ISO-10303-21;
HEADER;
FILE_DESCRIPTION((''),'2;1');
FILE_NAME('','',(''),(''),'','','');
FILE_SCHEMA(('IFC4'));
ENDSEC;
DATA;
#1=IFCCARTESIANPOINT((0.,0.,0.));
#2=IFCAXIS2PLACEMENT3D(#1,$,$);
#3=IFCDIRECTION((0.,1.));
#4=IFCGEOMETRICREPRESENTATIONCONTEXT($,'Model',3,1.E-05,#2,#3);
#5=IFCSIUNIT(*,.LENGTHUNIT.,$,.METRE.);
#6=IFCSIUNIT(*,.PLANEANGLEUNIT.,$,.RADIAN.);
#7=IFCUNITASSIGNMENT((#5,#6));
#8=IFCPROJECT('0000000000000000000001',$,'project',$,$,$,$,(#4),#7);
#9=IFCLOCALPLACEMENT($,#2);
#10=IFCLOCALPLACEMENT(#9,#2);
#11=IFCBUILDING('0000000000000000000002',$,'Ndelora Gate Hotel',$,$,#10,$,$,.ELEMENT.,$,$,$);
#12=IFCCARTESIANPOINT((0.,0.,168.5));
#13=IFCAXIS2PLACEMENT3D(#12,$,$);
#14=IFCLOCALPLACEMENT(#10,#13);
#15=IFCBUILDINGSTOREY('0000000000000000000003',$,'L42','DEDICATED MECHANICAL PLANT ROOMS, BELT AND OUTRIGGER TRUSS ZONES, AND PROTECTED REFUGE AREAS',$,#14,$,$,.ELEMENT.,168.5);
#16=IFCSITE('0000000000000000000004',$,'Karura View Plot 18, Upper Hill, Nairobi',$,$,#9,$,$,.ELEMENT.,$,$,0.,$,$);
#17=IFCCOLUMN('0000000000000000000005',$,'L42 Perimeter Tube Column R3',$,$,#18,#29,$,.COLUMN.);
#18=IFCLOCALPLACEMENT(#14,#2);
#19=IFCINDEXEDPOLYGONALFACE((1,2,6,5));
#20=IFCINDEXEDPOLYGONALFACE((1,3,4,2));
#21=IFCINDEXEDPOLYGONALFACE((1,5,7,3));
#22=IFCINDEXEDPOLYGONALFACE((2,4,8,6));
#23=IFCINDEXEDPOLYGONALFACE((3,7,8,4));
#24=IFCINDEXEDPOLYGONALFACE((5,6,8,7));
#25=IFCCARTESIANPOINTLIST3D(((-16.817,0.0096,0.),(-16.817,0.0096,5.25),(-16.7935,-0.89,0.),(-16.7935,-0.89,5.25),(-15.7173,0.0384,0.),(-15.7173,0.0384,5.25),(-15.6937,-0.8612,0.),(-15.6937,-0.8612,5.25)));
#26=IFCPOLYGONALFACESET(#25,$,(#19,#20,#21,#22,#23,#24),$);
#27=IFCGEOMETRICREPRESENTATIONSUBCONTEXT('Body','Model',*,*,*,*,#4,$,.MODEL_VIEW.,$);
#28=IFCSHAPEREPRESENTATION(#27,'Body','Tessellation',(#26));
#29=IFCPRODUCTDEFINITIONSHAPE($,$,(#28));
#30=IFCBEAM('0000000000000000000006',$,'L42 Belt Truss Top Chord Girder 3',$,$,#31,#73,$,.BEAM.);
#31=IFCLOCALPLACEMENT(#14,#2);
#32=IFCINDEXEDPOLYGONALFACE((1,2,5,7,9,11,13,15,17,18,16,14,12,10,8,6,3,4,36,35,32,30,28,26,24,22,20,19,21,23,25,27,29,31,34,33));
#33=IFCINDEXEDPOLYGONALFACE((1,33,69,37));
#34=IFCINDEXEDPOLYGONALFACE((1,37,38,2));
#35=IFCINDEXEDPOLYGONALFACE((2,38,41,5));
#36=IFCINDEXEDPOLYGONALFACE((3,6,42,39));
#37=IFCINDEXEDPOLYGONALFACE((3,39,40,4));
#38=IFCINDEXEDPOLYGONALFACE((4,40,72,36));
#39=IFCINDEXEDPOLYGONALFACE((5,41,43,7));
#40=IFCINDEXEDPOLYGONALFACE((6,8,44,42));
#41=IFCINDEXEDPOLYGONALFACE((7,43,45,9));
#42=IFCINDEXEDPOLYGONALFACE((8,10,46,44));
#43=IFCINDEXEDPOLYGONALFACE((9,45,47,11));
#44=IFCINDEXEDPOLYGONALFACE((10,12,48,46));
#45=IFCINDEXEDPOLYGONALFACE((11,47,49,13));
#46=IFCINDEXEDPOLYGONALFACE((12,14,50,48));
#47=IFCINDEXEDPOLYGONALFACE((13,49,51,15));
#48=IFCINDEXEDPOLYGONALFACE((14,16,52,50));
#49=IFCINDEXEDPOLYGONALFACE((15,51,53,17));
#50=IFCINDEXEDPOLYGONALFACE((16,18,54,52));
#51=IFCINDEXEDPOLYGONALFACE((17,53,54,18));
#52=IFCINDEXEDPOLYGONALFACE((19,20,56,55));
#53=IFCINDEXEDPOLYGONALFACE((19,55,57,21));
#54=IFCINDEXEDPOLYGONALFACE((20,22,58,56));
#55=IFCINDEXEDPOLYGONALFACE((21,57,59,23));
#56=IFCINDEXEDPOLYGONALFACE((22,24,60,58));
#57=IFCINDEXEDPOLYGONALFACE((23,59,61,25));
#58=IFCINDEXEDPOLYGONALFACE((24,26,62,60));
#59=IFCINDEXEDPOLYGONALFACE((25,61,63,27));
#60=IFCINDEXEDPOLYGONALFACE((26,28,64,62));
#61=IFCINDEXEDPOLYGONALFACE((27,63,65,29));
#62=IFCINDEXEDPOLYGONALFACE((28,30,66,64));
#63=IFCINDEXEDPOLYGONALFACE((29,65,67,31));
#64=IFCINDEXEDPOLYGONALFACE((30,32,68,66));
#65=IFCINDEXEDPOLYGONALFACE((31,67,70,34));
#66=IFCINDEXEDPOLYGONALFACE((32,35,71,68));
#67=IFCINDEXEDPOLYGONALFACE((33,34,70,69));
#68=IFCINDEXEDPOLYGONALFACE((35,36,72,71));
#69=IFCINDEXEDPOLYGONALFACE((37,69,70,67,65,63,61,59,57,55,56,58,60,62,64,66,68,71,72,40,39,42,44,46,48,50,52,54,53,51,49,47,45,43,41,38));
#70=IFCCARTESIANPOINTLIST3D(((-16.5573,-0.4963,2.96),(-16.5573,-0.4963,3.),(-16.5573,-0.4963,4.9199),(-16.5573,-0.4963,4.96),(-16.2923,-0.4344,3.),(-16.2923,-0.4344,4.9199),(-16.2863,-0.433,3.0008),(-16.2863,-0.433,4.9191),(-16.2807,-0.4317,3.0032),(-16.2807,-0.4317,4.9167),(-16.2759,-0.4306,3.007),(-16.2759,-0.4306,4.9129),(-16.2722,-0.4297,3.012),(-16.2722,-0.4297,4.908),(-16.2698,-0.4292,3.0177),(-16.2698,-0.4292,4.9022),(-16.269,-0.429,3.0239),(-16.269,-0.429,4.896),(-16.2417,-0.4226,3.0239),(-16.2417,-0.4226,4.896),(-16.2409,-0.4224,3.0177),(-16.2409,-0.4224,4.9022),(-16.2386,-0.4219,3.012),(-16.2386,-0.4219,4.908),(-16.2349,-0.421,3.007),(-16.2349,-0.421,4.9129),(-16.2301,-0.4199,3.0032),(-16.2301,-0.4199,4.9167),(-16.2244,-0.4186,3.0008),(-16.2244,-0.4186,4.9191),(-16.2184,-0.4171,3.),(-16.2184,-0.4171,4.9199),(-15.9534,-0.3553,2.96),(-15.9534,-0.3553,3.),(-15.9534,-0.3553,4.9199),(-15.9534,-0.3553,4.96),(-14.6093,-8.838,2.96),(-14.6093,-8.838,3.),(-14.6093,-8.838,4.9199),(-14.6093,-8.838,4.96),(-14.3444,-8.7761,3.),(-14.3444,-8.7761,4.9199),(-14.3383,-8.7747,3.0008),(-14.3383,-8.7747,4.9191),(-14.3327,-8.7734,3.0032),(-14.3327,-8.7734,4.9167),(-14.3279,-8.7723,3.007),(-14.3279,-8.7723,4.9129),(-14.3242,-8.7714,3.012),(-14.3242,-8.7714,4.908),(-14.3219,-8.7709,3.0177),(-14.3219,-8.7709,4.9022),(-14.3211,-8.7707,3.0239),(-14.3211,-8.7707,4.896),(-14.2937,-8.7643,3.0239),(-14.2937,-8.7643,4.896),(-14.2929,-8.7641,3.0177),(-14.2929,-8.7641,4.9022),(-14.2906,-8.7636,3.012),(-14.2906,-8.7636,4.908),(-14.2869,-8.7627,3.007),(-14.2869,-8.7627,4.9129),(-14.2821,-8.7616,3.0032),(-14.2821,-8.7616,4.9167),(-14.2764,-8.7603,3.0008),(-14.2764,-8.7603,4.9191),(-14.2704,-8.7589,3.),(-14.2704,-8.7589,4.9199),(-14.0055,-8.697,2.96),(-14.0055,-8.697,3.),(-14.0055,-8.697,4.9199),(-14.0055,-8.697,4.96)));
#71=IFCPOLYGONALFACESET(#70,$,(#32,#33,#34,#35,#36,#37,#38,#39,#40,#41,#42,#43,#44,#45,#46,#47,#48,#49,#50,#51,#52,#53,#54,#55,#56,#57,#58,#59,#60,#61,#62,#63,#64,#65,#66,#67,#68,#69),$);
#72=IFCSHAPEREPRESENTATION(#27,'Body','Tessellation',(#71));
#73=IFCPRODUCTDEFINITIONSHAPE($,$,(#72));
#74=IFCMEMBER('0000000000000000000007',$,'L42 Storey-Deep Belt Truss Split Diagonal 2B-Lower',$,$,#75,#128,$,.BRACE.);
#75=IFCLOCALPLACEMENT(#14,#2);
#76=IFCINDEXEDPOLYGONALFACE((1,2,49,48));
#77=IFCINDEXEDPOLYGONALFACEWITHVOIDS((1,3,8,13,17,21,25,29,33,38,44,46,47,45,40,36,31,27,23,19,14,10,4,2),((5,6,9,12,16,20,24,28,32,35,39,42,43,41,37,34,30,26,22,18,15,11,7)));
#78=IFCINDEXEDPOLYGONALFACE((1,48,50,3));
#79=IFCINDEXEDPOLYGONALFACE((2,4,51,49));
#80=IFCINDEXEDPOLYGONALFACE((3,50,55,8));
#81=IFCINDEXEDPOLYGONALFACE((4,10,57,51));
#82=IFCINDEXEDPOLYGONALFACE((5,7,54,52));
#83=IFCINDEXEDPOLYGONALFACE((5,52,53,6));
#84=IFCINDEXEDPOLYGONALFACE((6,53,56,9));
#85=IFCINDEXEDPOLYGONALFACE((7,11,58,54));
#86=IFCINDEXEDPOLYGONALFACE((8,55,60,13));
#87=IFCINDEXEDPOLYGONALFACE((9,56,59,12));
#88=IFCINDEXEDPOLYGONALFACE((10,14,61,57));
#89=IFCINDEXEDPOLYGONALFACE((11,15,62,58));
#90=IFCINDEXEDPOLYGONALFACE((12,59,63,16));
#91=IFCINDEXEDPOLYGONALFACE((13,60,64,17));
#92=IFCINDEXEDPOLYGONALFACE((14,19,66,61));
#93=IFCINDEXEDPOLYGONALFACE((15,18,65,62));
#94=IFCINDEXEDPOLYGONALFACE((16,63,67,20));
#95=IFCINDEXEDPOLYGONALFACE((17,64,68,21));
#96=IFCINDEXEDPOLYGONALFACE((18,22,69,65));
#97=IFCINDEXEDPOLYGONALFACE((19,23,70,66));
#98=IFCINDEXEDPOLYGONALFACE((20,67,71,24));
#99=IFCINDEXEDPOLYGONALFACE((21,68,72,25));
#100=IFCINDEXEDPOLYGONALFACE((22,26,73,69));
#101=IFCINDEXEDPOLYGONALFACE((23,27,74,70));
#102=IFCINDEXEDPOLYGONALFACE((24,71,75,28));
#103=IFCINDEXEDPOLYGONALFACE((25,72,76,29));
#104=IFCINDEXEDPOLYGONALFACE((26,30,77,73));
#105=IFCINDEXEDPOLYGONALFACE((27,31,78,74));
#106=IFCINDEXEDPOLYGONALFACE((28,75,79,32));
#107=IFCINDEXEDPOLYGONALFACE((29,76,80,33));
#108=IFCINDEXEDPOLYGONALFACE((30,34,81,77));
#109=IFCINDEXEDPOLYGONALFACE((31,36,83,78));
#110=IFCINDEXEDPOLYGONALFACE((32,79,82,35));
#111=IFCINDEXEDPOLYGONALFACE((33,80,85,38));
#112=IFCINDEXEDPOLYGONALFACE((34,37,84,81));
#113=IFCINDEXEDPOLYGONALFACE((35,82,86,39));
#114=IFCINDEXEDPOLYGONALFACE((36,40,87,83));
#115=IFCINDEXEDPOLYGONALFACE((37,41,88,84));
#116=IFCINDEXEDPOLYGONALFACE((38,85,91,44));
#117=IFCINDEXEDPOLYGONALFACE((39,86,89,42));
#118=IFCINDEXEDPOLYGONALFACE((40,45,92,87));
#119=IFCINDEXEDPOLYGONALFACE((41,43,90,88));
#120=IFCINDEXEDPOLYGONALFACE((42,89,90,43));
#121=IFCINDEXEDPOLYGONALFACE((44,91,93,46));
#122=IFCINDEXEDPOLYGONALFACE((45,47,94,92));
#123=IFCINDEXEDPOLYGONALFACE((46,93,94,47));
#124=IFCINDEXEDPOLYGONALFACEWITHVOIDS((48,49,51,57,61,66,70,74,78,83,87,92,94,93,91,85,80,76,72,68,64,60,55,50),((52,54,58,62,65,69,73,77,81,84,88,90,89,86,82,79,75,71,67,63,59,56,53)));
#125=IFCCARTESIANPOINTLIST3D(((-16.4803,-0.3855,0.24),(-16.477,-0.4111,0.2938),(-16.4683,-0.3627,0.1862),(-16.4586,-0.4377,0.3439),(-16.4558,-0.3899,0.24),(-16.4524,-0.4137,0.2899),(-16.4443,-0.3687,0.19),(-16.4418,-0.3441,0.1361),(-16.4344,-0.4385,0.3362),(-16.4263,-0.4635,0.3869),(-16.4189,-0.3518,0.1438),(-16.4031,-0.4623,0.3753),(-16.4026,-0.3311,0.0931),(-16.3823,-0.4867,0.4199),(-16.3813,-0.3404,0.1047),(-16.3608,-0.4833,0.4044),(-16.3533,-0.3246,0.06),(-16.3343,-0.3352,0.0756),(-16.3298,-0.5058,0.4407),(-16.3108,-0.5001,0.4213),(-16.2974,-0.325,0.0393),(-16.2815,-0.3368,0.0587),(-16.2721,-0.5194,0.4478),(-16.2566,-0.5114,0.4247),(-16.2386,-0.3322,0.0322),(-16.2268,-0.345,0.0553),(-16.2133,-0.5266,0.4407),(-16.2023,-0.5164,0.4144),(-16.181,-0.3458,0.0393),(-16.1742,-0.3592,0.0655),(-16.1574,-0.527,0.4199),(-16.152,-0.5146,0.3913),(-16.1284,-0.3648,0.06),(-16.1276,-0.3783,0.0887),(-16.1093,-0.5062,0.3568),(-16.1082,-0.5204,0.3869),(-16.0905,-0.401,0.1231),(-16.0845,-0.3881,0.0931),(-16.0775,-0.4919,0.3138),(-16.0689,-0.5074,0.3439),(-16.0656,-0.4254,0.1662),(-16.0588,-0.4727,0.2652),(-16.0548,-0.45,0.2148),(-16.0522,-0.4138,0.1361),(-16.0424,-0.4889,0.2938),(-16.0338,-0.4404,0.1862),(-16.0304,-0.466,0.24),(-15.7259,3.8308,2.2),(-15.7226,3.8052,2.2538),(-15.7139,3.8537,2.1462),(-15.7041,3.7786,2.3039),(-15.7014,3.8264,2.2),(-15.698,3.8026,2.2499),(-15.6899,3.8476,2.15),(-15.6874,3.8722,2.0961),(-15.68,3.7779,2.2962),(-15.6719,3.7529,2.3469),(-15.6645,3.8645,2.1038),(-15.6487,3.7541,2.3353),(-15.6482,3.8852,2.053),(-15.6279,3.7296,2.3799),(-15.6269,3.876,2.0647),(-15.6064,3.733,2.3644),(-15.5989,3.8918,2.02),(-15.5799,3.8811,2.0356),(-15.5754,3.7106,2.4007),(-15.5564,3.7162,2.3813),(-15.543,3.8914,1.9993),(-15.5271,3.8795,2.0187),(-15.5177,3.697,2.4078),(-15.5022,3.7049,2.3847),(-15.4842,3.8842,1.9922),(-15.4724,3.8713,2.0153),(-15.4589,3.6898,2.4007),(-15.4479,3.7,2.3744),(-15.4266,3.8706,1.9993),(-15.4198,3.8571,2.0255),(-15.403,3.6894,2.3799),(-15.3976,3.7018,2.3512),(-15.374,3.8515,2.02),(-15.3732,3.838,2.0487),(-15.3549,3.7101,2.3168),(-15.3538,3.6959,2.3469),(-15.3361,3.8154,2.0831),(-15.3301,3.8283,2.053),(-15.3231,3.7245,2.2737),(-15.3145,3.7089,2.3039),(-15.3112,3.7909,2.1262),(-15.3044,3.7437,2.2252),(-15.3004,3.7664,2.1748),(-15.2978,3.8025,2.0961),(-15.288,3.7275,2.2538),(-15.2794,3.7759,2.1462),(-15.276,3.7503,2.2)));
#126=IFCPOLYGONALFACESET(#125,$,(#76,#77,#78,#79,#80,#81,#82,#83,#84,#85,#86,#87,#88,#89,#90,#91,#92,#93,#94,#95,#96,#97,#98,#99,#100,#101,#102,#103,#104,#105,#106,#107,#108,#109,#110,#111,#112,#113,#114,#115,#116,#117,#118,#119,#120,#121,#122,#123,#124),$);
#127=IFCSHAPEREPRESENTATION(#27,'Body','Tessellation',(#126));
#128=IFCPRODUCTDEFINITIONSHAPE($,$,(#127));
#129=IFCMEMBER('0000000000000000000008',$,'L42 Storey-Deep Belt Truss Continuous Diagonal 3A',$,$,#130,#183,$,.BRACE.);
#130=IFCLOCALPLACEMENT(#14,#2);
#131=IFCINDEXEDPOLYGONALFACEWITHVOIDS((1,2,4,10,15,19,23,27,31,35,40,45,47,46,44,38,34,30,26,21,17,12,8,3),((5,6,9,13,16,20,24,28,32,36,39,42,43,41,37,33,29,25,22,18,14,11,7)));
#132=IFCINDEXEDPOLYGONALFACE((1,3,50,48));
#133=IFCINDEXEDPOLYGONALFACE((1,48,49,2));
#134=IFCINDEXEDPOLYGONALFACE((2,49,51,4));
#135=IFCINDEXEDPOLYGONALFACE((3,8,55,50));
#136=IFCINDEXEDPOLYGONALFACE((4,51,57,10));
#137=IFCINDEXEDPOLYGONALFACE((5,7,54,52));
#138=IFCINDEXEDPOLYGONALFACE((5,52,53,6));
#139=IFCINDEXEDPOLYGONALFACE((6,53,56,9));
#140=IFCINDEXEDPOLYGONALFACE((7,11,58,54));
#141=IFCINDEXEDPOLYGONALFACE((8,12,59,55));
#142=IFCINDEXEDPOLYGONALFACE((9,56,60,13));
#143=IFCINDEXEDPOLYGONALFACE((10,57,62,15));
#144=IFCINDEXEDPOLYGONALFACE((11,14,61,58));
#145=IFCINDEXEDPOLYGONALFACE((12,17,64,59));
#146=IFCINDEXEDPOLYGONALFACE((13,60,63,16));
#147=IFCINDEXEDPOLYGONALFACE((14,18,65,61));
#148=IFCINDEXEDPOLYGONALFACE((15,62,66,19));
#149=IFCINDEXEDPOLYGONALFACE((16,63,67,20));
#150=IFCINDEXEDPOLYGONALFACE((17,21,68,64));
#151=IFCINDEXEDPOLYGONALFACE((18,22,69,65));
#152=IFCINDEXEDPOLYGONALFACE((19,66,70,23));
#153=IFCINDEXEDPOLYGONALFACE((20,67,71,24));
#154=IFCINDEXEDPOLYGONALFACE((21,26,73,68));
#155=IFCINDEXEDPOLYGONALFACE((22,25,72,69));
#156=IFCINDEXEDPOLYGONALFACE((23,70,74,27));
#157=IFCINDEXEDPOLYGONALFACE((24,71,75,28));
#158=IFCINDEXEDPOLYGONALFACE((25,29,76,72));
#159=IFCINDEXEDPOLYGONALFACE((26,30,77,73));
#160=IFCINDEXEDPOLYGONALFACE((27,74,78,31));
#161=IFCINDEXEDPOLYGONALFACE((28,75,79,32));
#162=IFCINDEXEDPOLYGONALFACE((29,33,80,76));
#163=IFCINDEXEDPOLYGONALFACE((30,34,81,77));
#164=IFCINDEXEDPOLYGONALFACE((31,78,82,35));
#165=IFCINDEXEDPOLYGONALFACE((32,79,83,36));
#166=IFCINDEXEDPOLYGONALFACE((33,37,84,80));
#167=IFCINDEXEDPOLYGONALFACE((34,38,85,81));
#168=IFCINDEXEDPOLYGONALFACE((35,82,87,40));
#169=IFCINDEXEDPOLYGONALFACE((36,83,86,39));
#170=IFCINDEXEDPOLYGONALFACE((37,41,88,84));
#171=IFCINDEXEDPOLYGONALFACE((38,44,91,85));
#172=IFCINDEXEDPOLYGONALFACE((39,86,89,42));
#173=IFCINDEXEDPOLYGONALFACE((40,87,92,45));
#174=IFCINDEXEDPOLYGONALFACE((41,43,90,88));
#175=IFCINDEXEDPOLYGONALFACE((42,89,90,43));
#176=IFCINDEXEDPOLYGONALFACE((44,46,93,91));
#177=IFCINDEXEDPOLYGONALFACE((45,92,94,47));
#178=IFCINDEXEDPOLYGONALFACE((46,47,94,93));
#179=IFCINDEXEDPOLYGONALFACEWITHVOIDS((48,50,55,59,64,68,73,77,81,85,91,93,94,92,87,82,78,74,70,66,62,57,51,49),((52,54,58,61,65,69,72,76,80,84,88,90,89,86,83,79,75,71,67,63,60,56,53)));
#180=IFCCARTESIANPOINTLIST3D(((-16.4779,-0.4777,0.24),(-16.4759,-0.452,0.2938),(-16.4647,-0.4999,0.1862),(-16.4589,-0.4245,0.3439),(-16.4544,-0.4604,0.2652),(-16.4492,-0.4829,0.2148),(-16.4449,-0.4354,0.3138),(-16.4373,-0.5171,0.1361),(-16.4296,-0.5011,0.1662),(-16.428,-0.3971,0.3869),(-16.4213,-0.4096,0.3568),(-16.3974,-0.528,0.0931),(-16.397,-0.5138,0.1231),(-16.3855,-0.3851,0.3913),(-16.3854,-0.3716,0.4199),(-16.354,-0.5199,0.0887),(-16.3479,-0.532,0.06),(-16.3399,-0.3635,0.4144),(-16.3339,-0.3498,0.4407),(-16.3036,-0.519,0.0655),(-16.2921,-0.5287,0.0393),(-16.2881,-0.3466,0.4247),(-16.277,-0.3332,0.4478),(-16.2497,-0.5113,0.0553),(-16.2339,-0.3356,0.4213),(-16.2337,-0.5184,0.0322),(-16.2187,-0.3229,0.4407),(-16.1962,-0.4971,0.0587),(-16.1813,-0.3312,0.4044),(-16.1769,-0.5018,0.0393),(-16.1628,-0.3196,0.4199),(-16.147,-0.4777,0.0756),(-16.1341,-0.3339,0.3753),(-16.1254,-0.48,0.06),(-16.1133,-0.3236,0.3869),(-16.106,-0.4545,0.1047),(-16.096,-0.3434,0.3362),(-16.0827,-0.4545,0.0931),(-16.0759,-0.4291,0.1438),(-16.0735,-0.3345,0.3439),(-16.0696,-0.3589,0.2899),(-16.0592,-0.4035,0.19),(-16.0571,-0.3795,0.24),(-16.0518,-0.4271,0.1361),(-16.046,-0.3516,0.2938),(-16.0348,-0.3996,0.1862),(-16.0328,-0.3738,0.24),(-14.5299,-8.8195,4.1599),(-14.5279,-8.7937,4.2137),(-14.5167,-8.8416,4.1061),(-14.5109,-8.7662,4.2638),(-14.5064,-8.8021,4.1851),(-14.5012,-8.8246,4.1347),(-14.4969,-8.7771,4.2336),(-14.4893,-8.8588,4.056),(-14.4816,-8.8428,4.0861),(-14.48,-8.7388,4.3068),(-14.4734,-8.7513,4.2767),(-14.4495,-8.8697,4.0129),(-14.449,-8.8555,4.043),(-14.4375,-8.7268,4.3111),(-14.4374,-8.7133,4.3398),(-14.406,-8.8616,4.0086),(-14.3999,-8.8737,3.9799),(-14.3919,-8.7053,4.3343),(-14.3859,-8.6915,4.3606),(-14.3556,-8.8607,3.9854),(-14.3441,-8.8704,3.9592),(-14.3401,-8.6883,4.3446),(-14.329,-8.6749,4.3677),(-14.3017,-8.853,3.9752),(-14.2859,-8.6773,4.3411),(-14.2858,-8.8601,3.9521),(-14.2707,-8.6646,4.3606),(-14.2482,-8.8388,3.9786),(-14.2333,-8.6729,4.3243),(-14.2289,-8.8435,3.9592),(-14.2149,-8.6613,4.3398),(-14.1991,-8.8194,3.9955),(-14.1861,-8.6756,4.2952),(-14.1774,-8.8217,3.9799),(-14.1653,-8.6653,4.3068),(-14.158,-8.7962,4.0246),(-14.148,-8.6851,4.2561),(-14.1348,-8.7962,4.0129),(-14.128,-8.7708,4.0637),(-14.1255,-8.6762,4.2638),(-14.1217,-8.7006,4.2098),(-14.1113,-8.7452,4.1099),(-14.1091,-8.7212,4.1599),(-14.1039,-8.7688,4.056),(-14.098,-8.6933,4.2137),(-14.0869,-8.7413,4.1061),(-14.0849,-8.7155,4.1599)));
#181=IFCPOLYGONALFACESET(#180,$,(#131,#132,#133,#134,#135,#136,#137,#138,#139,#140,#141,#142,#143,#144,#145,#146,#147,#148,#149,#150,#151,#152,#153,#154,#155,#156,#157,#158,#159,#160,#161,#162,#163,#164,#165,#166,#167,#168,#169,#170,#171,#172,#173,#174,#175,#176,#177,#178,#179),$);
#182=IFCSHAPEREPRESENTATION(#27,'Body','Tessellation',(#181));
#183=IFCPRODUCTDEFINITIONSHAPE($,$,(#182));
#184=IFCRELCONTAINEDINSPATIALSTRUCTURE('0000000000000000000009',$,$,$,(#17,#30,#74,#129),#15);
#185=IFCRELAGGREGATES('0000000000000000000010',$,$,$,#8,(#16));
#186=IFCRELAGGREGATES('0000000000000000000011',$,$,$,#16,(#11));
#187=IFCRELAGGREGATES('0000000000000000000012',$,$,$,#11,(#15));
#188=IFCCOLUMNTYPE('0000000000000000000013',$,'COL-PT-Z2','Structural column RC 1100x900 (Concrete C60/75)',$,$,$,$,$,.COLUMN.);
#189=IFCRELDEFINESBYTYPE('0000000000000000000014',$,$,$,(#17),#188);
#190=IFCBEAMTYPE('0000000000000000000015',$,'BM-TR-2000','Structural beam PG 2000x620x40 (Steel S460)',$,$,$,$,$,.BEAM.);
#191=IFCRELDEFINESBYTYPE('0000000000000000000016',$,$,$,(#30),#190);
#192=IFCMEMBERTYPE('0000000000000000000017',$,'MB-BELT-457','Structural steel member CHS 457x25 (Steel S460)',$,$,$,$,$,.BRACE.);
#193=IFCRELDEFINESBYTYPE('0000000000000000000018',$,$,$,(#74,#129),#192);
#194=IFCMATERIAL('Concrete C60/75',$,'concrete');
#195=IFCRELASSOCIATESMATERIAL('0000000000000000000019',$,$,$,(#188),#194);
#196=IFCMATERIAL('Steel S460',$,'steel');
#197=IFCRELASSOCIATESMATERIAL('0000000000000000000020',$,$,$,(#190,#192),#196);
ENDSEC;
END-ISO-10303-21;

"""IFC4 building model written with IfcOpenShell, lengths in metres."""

from ifc_helpers import new_model, si_unit, direction, frame, origin, origin_2d, place, context, subcontext, project, spatial, rectangle, hollow_circle, i_section, extrude, material, material_profile, profile_set, type_object, element, save


model = new_model("IFC4")

# Units and contexts
model_context = context("Model", 3, precision=1e-05, world=origin(), true_north=direction((0.0, 1.0)))
body_context = subcontext(model_context, "Body", "Model", "MODEL_VIEW")
ifc_project = project(units=[si_unit("LENGTHUNIT", "METRE"), si_unit("PLANEANGLEUNIT", "RADIAN")], contexts=[model_context])

# Site, building, storey
site_placement = place(None, origin())
site = spatial("IfcSite", under=ifc_project, at=site_placement, Name="Karura View Plot 18, Upper Hill, Nairobi", CompositionType="ELEMENT", RefElevation=0.0)
building_placement = place(site_placement, origin())
building = spatial("IfcBuilding", under=site, at=building_placement, Name="Ndelora Gate Hotel", CompositionType="ELEMENT")
storey_placement = place(building_placement, frame((0.0, 0.0, 168.5)))
storey = spatial("IfcBuildingStorey", under=building, at=storey_placement, Name="L42", Description="DEDICATED MECHANICAL PLANT ROOMS, BELT AND OUTRIGGER TRUSS ZONES, AND PROTECTED REFUGE AREAS", CompositionType="ELEMENT", Elevation=168.5)

# Column
ifc_material_1 = material(Name="Concrete C60/75", Category="concrete")
ifc_material_profile_1 = material_profile(ifc_material_1, rectangle(XDim=0.8999, YDim=1.1001, at=origin_2d()), Name="RC 1100x900")
ifc_profile_set_1 = profile_set([ifc_material_profile_1], Name="Concrete C60/75")
column_type = type_object("IfcColumnType", Name="COL-PT-Z2", Description="Structural column RC 1100x900 (Concrete C60/75)", PredefinedType="COLUMN", material=ifc_profile_set_1)
column_placement = place(storey_placement, frame((-16.2554, -0.4258, 0.0), z_axis=(0.0, 0.0, 1.0), x_axis=(-0.026177, 0.999657, 0.0)))
element("IfcColumn", 1, at=column_placement, inside=storey, type_object=column_type, Name="L42 Perimeter Tube Column R3", PredefinedType="COLUMN", context=body_context, shape_type="SweptSolid", body=[
    extrude(rectangle(XDim=0.8999, YDim=1.1001, at=origin_2d()), origin(), (0.0, 0.0, 1.0), 5.25),
])

# Beam
ifc_material_2 = material(Name="Steel S460", Category="steel")
ifc_material_profile_2 = material_profile(ifc_material_2, i_section(OverallWidth=0.6201, OverallDepth=2.0, WebThickness=0.0281, FlangeThickness=0.04, FilletRadius=0.0239, at=origin_2d()), Name="PG 2000x620x40")
ifc_profile_set_2 = profile_set([ifc_material_profile_2], Name="Steel S460")
beam_type = type_object("IfcBeamType", Name="BM-TR-2000", Description="Structural beam PG 2000x620x40 (Steel S460)", PredefinedType="BEAM", material=ifc_profile_set_2)
beam_placement = place(storey_placement, frame((-16.2554, -0.4258, 3.96), z_axis=(0.227404, -0.9738, 0.0), x_axis=(0.9738, 0.227404, 0.0)))
element("IfcBeam", 2, at=beam_placement, inside=storey, type_object=beam_type, Name="L42 Belt Truss Top Chord Girder 3", PredefinedType="BEAM", context=body_context, shape_type="SweptSolid", body=[
    extrude(i_section(OverallWidth=0.6201, OverallDepth=2.0, WebThickness=0.0281, FlangeThickness=0.04, FilletRadius=0.0239, at=origin_2d()), origin(), (0.0, 0.0, 1.0), 8.5662),
])

# Members
ifc_material_profile_3 = material_profile(ifc_material_2, hollow_circle(Radius=0.2285, WallThickness=0.0249, at=origin_2d()), Name="CHS 457x25")
ifc_profile_set_3 = profile_set([ifc_material_profile_3], Name="Steel S460")
member_type = type_object("IfcMemberType", Name="MB-BELT-457", Description="Structural steel member CHS 457x25 (Steel S460)", PredefinedType="BRACE", material=ifc_profile_set_3)
member_1_placement = place(storey_placement, frame((-16.2554, -0.4258, 0.24), z_axis=(0.160155, 0.895107, 0.416093), x_axis=(-0.984368, 0.176126, 0.0)))
element("IfcMember", 3, at=member_1_placement, inside=storey, type_object=member_type, Name="L42 Storey-Deep Belt Truss Split Diagonal 2B-Lower", PredefinedType="BRACE", context=body_context, shape_type="SweptSolid", body=[
    extrude(hollow_circle(Radius=0.2285, WallThickness=0.0249, at=origin_2d()), origin(), (0.0, 0.0, 1.0), 4.7104),
])
member_2_placement = place(storey_placement, frame((-16.2554, -0.4258, 0.24), z_axis=(0.206783, -0.885493, 0.416105), x_axis=(0.9738, 0.227404, 0.0)))
element("IfcMember", 4, at=member_2_placement, inside=storey, type_object=member_type, Name="L42 Storey-Deep Belt Truss Continuous Diagonal 3A", PredefinedType="BRACE", context=body_context, shape_type="SweptSolid", body=[
    extrude(hollow_circle(Radius=0.2285, WallThickness=0.0249, at=origin_2d()), origin(), (0.0, 0.0, 1.0), 9.4204),
])

save(model, "model.ifc")
